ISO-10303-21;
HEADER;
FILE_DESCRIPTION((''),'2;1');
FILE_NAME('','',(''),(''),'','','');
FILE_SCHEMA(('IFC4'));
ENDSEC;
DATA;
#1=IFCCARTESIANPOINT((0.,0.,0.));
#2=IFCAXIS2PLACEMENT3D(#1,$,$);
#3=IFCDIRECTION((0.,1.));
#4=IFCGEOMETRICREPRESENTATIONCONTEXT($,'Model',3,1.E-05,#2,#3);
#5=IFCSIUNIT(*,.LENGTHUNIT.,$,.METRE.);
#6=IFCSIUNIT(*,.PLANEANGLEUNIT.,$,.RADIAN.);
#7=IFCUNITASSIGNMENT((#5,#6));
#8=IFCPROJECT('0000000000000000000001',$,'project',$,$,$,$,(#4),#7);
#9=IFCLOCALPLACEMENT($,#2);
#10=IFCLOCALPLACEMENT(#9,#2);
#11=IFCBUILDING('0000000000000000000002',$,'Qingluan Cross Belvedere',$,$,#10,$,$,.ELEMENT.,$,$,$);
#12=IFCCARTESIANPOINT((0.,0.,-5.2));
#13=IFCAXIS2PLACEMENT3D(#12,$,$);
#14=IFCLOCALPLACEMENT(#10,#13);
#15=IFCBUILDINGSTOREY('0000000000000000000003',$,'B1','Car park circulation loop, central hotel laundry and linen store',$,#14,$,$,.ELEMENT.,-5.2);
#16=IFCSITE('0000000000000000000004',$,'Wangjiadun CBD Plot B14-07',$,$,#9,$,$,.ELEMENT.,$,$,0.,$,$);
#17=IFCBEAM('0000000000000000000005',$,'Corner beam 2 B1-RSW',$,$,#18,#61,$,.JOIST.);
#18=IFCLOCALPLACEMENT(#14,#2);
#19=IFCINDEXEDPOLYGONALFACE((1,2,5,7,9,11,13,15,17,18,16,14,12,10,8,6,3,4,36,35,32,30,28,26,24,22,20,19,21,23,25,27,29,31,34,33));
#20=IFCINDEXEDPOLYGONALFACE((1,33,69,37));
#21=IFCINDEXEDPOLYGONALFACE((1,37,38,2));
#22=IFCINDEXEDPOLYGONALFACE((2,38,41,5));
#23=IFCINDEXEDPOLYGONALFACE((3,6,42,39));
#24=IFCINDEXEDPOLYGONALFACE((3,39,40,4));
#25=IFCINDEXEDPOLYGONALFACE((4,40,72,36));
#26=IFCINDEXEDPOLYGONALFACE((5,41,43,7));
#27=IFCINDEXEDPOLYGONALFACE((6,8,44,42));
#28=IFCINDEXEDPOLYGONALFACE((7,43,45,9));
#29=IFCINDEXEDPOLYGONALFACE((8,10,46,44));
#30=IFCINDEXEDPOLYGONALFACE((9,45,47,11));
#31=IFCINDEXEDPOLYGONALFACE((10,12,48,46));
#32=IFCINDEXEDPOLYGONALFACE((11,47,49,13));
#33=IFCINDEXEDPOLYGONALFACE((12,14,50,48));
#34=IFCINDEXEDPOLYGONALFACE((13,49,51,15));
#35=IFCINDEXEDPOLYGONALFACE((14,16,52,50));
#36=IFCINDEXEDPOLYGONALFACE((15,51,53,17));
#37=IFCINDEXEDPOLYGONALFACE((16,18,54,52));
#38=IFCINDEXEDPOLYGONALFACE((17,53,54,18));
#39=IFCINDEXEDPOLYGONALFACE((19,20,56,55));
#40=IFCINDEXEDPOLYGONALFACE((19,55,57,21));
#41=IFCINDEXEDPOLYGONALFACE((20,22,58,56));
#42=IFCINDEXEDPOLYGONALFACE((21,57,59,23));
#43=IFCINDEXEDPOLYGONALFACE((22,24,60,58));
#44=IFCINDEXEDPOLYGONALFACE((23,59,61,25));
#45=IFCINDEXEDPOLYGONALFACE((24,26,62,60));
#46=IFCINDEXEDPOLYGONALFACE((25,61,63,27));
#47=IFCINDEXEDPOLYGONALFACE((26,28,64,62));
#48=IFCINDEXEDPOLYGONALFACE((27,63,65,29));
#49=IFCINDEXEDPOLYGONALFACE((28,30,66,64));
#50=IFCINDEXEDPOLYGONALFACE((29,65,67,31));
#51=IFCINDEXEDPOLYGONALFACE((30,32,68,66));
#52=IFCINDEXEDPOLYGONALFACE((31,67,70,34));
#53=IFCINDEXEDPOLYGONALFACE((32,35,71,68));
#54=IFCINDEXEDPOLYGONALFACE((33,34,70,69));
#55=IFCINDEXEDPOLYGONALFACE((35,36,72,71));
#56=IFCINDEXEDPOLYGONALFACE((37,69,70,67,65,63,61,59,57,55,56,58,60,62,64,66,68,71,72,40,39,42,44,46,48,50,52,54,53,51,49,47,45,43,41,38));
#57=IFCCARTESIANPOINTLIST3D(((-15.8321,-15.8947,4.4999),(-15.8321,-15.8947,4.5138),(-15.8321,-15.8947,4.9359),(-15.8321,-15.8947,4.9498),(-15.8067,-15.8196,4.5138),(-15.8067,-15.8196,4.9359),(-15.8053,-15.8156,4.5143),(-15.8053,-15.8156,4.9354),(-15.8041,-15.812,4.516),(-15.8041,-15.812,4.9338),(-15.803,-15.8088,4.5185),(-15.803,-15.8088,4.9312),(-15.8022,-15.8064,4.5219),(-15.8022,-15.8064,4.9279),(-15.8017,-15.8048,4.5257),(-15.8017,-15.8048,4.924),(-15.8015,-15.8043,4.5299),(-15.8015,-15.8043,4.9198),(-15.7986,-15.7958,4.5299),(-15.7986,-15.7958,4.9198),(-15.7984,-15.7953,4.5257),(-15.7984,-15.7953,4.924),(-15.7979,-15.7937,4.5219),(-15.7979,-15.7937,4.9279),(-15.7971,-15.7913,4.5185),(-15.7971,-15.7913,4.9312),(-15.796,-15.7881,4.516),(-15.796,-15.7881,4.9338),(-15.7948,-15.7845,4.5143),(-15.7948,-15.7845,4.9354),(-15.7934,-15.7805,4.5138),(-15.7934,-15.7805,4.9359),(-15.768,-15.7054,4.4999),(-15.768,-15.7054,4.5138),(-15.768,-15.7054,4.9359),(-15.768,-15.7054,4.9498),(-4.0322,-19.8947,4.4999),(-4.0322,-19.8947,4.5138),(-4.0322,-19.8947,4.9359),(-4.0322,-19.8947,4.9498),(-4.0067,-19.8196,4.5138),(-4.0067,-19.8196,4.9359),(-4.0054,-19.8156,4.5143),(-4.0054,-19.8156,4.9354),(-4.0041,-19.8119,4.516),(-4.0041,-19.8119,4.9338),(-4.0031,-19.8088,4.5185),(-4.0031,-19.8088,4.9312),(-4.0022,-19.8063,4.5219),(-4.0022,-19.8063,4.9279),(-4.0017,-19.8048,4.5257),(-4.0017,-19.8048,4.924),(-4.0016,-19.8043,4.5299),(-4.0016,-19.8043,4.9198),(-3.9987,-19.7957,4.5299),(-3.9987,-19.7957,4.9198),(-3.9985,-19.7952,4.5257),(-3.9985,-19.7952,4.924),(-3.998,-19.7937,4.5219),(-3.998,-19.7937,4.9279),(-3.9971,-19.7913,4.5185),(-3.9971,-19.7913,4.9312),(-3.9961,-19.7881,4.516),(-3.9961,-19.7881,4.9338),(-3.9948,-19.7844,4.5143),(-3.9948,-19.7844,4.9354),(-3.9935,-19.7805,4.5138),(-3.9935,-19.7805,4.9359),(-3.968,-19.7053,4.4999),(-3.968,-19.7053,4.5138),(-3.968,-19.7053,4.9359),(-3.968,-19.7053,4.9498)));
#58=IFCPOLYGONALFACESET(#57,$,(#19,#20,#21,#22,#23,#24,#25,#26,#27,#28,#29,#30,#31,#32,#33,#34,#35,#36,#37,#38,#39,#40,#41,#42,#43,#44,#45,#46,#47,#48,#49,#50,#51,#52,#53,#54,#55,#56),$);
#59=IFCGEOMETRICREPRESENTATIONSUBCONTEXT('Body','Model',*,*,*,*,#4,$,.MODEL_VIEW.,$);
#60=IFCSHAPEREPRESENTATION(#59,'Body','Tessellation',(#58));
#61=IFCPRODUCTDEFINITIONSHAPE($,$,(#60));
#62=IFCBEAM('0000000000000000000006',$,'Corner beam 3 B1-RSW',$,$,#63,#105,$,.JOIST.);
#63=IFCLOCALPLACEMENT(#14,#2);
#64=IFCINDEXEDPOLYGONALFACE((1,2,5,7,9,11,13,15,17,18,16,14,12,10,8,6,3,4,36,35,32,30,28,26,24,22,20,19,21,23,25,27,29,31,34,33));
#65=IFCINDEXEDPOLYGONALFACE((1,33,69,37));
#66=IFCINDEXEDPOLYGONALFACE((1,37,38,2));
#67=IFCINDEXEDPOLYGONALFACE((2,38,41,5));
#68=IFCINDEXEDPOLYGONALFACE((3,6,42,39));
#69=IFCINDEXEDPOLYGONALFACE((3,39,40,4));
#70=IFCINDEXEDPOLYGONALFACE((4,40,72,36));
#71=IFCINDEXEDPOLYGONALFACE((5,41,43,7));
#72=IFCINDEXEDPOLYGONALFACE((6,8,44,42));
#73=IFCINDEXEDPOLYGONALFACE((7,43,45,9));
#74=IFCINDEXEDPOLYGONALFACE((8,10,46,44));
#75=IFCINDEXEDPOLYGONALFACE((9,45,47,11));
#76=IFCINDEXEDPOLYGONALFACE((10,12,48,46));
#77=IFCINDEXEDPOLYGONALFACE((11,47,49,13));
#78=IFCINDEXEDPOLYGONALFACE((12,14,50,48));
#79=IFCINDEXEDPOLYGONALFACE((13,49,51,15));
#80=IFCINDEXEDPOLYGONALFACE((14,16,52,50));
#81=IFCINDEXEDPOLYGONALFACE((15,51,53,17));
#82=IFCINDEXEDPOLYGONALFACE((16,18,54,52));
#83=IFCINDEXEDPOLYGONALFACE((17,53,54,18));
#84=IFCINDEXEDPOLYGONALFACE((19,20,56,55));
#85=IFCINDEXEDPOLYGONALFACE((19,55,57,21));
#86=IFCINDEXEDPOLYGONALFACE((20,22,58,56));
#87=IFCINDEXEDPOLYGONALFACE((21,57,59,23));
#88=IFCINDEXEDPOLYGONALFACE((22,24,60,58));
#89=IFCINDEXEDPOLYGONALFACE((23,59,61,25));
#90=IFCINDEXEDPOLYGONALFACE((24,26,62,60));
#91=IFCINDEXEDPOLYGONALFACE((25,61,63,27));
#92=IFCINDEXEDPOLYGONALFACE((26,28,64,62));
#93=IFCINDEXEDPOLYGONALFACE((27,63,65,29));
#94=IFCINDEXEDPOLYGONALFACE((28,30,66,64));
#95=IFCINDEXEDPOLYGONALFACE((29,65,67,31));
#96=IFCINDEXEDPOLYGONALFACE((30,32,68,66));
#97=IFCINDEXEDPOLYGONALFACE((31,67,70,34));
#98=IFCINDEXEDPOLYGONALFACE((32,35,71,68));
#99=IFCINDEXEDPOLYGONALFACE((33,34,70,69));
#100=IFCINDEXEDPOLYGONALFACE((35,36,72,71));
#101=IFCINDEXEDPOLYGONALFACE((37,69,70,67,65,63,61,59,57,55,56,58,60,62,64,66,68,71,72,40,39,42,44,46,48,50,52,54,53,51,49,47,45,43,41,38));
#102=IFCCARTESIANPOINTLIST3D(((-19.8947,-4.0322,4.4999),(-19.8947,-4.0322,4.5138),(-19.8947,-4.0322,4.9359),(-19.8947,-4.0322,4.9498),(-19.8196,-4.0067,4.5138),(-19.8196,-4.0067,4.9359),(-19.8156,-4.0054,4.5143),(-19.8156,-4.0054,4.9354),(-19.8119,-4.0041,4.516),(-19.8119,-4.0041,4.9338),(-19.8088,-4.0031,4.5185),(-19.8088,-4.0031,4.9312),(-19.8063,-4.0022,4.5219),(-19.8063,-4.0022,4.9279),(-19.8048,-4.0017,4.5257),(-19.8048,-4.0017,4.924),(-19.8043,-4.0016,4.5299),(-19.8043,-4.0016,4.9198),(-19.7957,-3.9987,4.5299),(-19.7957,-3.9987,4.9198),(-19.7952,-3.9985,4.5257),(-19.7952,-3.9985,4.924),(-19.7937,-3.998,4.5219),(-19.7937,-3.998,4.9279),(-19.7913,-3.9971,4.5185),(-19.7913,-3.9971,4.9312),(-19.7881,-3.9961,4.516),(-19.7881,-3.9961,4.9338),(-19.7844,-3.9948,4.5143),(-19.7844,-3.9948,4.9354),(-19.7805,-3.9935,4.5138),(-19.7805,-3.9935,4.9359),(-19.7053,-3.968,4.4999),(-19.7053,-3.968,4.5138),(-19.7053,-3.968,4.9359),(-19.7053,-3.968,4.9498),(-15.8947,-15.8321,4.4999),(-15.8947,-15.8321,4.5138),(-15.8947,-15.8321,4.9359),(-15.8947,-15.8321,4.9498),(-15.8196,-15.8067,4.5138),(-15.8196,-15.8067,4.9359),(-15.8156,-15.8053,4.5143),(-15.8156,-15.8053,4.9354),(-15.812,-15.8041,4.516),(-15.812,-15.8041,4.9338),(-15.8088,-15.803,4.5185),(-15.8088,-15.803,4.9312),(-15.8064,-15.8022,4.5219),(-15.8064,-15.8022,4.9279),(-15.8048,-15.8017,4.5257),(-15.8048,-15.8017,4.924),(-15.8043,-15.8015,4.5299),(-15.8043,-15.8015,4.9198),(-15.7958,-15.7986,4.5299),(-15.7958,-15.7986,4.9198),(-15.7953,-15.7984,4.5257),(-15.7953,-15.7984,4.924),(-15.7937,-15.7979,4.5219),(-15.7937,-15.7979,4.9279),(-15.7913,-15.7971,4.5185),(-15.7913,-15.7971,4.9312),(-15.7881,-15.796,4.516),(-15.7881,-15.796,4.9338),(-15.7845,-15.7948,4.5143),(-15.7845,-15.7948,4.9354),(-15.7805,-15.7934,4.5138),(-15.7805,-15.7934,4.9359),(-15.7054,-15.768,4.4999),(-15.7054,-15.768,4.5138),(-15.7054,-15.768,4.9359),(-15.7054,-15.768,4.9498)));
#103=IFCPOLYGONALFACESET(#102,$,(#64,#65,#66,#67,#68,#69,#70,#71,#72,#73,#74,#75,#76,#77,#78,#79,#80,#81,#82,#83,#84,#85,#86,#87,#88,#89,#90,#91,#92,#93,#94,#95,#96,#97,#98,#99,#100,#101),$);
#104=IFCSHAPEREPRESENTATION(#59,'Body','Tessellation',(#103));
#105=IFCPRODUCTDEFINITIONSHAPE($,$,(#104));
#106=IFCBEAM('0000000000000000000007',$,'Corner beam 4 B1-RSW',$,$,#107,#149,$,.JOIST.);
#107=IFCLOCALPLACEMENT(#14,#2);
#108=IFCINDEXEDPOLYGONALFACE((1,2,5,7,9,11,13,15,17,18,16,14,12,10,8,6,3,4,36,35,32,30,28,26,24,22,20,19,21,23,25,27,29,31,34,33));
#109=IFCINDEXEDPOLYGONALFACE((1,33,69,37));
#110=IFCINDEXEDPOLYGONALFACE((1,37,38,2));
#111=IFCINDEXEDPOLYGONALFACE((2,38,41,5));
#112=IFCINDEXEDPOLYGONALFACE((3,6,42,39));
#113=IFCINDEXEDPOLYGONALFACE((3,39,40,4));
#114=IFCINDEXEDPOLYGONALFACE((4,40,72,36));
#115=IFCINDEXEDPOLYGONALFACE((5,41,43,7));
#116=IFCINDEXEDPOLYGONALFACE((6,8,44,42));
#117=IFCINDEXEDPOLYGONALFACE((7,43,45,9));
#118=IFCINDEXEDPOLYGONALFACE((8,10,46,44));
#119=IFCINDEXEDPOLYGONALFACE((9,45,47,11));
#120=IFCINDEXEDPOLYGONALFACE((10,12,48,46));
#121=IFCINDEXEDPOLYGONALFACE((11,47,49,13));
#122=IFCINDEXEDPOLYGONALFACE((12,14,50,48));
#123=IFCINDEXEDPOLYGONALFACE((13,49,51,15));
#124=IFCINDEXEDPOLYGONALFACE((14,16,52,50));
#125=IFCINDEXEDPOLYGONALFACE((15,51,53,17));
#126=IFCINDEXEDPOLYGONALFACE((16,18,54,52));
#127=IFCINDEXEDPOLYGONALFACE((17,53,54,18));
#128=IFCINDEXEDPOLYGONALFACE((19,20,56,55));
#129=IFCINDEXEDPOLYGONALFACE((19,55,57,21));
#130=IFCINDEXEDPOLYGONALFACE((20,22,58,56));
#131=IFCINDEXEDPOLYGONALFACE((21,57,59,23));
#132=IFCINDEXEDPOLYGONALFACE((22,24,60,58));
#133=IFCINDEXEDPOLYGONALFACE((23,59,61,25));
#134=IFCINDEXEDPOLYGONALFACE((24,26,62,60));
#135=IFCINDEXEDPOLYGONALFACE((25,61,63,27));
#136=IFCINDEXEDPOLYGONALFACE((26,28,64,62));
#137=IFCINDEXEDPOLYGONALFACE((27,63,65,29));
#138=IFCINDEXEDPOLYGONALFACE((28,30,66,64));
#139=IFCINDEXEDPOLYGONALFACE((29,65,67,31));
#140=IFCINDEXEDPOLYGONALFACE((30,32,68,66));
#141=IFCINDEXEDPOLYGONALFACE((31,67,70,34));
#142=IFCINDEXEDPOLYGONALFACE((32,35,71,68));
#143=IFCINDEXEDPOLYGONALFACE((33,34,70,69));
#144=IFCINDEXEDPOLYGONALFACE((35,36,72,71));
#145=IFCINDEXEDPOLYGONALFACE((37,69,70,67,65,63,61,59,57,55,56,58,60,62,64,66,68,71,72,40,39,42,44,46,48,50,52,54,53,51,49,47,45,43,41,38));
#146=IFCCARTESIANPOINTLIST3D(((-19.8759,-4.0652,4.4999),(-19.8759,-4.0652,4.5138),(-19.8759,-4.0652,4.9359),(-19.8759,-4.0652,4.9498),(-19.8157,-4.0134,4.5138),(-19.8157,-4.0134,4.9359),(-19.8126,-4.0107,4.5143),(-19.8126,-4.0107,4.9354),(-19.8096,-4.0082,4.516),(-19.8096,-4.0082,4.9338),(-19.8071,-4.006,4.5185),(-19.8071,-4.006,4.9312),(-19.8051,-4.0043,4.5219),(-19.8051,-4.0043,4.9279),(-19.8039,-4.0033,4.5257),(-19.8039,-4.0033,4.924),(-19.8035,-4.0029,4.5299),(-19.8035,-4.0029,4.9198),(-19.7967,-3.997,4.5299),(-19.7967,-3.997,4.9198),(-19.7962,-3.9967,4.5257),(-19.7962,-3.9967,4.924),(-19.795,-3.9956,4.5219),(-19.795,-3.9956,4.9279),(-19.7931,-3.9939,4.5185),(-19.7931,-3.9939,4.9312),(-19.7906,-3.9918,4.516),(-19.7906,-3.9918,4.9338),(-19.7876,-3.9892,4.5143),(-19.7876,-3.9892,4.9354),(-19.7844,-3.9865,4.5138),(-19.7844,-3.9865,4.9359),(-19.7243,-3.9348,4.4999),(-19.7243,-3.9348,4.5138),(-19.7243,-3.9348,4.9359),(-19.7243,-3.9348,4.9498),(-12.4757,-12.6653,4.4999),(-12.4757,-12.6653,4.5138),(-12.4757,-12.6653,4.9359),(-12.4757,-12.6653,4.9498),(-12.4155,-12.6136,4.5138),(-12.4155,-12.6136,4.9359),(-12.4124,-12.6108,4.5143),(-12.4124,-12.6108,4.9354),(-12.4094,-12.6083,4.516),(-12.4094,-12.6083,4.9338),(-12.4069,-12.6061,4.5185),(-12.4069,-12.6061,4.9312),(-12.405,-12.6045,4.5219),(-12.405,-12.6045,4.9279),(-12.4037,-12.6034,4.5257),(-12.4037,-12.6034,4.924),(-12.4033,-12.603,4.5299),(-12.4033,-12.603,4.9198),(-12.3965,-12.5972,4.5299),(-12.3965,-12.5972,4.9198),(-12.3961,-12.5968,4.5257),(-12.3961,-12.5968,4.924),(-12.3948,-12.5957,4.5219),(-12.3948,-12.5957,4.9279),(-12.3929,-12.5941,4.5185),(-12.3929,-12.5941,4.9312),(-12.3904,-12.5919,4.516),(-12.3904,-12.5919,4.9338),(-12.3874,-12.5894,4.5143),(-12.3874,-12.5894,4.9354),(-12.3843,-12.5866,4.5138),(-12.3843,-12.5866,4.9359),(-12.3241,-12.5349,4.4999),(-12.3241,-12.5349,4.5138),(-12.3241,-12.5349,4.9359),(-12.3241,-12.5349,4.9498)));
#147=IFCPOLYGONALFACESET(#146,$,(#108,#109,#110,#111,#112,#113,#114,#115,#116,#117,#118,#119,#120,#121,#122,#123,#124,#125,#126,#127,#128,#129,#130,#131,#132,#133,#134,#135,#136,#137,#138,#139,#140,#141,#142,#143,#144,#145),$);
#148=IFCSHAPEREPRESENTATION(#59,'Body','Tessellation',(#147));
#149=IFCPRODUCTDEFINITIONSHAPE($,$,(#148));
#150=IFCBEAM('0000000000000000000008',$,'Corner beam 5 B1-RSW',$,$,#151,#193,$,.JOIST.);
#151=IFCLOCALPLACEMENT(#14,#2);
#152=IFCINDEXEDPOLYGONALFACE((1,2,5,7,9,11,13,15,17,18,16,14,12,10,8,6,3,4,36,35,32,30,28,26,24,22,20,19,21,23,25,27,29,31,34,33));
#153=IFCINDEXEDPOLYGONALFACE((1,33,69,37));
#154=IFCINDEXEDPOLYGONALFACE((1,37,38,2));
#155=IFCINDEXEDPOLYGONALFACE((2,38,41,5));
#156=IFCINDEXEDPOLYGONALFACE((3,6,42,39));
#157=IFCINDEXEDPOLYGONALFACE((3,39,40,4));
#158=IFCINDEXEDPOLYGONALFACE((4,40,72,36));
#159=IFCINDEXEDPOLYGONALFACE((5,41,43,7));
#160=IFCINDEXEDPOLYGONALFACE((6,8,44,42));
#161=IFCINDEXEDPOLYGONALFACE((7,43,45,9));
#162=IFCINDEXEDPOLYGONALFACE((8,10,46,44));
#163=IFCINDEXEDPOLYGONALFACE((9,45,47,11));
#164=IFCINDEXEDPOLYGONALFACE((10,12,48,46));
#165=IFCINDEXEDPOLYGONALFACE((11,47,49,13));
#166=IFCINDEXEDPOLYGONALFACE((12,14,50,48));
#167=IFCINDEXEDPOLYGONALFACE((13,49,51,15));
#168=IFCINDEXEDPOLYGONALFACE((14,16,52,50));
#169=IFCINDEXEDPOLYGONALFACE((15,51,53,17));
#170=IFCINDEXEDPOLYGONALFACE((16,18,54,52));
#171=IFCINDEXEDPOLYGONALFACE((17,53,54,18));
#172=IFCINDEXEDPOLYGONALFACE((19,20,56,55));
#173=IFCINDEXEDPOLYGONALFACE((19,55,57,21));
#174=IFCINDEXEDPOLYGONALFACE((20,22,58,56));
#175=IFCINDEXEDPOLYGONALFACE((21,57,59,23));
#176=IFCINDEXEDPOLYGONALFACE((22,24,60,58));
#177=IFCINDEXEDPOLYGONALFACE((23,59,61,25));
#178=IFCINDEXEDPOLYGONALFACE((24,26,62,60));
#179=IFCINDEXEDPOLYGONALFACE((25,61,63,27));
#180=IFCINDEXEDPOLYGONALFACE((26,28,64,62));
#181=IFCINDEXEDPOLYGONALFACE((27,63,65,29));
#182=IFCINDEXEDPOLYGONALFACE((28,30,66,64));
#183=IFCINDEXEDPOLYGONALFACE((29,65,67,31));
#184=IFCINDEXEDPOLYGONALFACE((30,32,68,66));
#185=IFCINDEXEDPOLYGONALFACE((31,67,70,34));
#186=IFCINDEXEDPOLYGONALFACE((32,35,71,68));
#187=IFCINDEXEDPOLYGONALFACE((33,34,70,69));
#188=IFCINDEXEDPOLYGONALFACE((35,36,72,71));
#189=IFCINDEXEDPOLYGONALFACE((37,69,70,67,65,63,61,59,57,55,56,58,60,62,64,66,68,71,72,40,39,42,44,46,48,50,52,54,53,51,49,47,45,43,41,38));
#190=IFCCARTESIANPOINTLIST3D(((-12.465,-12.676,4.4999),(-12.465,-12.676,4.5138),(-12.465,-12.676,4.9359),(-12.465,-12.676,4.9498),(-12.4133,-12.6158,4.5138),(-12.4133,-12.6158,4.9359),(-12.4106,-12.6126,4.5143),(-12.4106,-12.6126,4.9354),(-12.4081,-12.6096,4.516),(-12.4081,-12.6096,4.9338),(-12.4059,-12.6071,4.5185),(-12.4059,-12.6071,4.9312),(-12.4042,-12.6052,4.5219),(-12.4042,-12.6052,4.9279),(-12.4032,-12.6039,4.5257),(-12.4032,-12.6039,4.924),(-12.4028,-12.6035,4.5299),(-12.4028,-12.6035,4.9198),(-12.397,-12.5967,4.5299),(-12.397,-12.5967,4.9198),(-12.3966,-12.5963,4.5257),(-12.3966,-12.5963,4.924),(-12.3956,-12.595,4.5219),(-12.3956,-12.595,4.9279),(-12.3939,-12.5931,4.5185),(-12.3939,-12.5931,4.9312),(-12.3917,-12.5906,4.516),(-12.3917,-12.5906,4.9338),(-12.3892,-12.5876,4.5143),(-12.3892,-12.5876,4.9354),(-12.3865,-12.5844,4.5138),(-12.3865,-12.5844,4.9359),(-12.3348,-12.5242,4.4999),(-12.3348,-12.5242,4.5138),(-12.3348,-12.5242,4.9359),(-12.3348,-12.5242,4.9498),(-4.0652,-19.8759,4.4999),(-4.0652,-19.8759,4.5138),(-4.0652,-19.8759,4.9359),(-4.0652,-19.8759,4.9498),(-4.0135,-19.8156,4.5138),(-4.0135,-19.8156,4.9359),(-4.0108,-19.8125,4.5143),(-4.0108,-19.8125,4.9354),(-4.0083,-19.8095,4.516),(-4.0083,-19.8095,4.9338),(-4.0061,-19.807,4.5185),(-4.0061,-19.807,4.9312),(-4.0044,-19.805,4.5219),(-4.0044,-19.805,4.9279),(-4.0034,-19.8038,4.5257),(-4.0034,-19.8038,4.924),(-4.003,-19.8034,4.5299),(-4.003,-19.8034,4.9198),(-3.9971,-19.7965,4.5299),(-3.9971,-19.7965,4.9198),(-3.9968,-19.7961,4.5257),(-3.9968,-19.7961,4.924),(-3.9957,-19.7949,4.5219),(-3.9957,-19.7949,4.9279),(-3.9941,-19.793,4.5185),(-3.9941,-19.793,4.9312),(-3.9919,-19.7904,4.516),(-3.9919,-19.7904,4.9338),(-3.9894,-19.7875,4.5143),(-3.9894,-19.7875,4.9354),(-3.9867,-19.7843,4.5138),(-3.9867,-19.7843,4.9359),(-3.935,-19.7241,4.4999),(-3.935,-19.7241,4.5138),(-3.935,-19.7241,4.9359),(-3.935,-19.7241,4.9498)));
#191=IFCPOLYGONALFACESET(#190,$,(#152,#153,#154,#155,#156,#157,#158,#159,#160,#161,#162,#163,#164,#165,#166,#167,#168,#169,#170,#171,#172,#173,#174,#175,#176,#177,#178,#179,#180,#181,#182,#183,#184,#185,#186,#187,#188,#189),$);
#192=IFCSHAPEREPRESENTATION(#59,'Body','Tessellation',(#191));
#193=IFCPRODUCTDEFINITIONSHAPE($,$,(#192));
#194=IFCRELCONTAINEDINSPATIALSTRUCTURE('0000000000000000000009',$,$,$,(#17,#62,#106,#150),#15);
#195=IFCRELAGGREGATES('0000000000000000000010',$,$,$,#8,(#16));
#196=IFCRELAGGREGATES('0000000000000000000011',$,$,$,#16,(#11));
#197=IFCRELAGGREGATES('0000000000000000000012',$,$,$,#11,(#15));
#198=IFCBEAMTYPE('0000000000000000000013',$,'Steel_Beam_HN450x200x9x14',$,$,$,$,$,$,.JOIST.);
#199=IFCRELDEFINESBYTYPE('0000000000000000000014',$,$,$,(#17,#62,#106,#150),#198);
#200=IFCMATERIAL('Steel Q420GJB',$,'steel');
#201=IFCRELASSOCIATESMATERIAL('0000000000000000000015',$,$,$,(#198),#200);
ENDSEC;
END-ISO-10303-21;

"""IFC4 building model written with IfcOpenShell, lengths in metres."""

from ifc_helpers import new_model, si_unit, direction, frame, origin, origin_2d, place, context, subcontext, project, spatial, i_section, extrude, material, material_profile, profile_set, type_object, element, save


model = new_model("IFC4")

# Units and contexts
model_context = context("Model", 3, precision=1e-05, world=origin(), true_north=direction((0.0, 1.0)))
body_context = subcontext(model_context, "Body", "Model", "MODEL_VIEW")
ifc_project = project(units=[si_unit("LENGTHUNIT", "METRE"), si_unit("PLANEANGLEUNIT", "RADIAN")], contexts=[model_context])

# Site, building, storey
site_placement = place(None, origin())
site = spatial("IfcSite", under=ifc_project, at=site_placement, Name="Wangjiadun CBD Plot B14-07", CompositionType="ELEMENT", RefElevation=0.0)
building_placement = place(site_placement, origin())
building = spatial("IfcBuilding", under=site, at=building_placement, Name="Qingluan Cross Belvedere", CompositionType="ELEMENT")
storey_placement = place(building_placement, frame((0.0, 0.0, -5.2)))
storey = spatial("IfcBuildingStorey", under=building, at=storey_placement, Name="B1", Description="Car park circulation loop, central hotel laundry and linen store", CompositionType="ELEMENT", Elevation=-5.2)

# Beams
ifc_material_1 = material(Name="Steel Q420GJB", Category="steel")
ifc_material_profile_1 = material_profile(ifc_material_1, i_section(OverallWidth=0.2, OverallDepth=0.45, WebThickness=0.009, FlangeThickness=0.0139, FilletRadius=0.0161, at=origin_2d()), Name="HN450x200x9x14")
ifc_profile_set_1 = profile_set([ifc_material_profile_1], Name="Steel Q420GJB")
beam_type_1 = type_object("IfcBeamType", Name="Steel_Beam_HN450x200x9x14", PredefinedType="JOIST", material=ifc_profile_set_1)
for number, where, z_axis, x_axis, name in (
    (1, (-15.8, -15.8, 4.7249), (0.947066, -0.321038, 0.0), (0.321038, 0.947066, 0.0), "Corner beam 2 B1-RSW"),
    (2, (-15.8, -15.8, 4.7249), (-0.321038, 0.947066, 0.0), (-0.947066, -0.321038, 0.0), "Corner beam 3 B1-RSW"),
):
    element("IfcBeam", number, at=place(storey_placement, frame(where, z_axis=z_axis, x_axis=x_axis)), inside=storey, type_object=beam_type_1, Name=name, PredefinedType="JOIST", context=body_context, shape_type="SweptSolid", body=[
        extrude(i_section(OverallWidth=0.2, OverallDepth=0.45, WebThickness=0.009, FlangeThickness=0.0139, FilletRadius=0.0161, at=origin_2d()), origin(), (0.0, 0.0, 1.0), 12.4595),
    ])
beam_1_placement = place(storey_placement, frame((-12.3999, -12.6001, 4.7249), z_axis=(-0.652245, 0.758008, 0.0), x_axis=(-0.758008, -0.652245, 0.0)))
element("IfcBeam", 3, at=beam_1_placement, inside=storey, type_object=beam_type_1, Name="Corner beam 4 B1-RSW", PredefinedType="JOIST", context=body_context, shape_type="SweptSolid", body=[
    extrude(i_section(OverallWidth=0.2, OverallDepth=0.45, WebThickness=0.009, FlangeThickness=0.0139, FilletRadius=0.0161, at=origin_2d()), origin(), (0.0, 0.0, 1.0), 11.3457),
])
beam_2_placement = place(storey_placement, frame((-12.3999, -12.6001, 4.7249), z_axis=(0.759255, -0.650793, 0.0), x_axis=(0.650793, 0.759255, 0.0)))
element("IfcBeam", 4, at=beam_2_placement, inside=storey, type_object=beam_type_1, Name="Corner beam 5 B1-RSW", PredefinedType="JOIST", context=body_context, shape_type="SweptSolid", body=[
    extrude(i_section(OverallWidth=0.2, OverallDepth=0.45, WebThickness=0.009, FlangeThickness=0.0139, FilletRadius=0.0161, at=origin_2d()), origin(), (0.0, 0.0, 1.0), 11.0632),
])

save(model, "model.ifc")
